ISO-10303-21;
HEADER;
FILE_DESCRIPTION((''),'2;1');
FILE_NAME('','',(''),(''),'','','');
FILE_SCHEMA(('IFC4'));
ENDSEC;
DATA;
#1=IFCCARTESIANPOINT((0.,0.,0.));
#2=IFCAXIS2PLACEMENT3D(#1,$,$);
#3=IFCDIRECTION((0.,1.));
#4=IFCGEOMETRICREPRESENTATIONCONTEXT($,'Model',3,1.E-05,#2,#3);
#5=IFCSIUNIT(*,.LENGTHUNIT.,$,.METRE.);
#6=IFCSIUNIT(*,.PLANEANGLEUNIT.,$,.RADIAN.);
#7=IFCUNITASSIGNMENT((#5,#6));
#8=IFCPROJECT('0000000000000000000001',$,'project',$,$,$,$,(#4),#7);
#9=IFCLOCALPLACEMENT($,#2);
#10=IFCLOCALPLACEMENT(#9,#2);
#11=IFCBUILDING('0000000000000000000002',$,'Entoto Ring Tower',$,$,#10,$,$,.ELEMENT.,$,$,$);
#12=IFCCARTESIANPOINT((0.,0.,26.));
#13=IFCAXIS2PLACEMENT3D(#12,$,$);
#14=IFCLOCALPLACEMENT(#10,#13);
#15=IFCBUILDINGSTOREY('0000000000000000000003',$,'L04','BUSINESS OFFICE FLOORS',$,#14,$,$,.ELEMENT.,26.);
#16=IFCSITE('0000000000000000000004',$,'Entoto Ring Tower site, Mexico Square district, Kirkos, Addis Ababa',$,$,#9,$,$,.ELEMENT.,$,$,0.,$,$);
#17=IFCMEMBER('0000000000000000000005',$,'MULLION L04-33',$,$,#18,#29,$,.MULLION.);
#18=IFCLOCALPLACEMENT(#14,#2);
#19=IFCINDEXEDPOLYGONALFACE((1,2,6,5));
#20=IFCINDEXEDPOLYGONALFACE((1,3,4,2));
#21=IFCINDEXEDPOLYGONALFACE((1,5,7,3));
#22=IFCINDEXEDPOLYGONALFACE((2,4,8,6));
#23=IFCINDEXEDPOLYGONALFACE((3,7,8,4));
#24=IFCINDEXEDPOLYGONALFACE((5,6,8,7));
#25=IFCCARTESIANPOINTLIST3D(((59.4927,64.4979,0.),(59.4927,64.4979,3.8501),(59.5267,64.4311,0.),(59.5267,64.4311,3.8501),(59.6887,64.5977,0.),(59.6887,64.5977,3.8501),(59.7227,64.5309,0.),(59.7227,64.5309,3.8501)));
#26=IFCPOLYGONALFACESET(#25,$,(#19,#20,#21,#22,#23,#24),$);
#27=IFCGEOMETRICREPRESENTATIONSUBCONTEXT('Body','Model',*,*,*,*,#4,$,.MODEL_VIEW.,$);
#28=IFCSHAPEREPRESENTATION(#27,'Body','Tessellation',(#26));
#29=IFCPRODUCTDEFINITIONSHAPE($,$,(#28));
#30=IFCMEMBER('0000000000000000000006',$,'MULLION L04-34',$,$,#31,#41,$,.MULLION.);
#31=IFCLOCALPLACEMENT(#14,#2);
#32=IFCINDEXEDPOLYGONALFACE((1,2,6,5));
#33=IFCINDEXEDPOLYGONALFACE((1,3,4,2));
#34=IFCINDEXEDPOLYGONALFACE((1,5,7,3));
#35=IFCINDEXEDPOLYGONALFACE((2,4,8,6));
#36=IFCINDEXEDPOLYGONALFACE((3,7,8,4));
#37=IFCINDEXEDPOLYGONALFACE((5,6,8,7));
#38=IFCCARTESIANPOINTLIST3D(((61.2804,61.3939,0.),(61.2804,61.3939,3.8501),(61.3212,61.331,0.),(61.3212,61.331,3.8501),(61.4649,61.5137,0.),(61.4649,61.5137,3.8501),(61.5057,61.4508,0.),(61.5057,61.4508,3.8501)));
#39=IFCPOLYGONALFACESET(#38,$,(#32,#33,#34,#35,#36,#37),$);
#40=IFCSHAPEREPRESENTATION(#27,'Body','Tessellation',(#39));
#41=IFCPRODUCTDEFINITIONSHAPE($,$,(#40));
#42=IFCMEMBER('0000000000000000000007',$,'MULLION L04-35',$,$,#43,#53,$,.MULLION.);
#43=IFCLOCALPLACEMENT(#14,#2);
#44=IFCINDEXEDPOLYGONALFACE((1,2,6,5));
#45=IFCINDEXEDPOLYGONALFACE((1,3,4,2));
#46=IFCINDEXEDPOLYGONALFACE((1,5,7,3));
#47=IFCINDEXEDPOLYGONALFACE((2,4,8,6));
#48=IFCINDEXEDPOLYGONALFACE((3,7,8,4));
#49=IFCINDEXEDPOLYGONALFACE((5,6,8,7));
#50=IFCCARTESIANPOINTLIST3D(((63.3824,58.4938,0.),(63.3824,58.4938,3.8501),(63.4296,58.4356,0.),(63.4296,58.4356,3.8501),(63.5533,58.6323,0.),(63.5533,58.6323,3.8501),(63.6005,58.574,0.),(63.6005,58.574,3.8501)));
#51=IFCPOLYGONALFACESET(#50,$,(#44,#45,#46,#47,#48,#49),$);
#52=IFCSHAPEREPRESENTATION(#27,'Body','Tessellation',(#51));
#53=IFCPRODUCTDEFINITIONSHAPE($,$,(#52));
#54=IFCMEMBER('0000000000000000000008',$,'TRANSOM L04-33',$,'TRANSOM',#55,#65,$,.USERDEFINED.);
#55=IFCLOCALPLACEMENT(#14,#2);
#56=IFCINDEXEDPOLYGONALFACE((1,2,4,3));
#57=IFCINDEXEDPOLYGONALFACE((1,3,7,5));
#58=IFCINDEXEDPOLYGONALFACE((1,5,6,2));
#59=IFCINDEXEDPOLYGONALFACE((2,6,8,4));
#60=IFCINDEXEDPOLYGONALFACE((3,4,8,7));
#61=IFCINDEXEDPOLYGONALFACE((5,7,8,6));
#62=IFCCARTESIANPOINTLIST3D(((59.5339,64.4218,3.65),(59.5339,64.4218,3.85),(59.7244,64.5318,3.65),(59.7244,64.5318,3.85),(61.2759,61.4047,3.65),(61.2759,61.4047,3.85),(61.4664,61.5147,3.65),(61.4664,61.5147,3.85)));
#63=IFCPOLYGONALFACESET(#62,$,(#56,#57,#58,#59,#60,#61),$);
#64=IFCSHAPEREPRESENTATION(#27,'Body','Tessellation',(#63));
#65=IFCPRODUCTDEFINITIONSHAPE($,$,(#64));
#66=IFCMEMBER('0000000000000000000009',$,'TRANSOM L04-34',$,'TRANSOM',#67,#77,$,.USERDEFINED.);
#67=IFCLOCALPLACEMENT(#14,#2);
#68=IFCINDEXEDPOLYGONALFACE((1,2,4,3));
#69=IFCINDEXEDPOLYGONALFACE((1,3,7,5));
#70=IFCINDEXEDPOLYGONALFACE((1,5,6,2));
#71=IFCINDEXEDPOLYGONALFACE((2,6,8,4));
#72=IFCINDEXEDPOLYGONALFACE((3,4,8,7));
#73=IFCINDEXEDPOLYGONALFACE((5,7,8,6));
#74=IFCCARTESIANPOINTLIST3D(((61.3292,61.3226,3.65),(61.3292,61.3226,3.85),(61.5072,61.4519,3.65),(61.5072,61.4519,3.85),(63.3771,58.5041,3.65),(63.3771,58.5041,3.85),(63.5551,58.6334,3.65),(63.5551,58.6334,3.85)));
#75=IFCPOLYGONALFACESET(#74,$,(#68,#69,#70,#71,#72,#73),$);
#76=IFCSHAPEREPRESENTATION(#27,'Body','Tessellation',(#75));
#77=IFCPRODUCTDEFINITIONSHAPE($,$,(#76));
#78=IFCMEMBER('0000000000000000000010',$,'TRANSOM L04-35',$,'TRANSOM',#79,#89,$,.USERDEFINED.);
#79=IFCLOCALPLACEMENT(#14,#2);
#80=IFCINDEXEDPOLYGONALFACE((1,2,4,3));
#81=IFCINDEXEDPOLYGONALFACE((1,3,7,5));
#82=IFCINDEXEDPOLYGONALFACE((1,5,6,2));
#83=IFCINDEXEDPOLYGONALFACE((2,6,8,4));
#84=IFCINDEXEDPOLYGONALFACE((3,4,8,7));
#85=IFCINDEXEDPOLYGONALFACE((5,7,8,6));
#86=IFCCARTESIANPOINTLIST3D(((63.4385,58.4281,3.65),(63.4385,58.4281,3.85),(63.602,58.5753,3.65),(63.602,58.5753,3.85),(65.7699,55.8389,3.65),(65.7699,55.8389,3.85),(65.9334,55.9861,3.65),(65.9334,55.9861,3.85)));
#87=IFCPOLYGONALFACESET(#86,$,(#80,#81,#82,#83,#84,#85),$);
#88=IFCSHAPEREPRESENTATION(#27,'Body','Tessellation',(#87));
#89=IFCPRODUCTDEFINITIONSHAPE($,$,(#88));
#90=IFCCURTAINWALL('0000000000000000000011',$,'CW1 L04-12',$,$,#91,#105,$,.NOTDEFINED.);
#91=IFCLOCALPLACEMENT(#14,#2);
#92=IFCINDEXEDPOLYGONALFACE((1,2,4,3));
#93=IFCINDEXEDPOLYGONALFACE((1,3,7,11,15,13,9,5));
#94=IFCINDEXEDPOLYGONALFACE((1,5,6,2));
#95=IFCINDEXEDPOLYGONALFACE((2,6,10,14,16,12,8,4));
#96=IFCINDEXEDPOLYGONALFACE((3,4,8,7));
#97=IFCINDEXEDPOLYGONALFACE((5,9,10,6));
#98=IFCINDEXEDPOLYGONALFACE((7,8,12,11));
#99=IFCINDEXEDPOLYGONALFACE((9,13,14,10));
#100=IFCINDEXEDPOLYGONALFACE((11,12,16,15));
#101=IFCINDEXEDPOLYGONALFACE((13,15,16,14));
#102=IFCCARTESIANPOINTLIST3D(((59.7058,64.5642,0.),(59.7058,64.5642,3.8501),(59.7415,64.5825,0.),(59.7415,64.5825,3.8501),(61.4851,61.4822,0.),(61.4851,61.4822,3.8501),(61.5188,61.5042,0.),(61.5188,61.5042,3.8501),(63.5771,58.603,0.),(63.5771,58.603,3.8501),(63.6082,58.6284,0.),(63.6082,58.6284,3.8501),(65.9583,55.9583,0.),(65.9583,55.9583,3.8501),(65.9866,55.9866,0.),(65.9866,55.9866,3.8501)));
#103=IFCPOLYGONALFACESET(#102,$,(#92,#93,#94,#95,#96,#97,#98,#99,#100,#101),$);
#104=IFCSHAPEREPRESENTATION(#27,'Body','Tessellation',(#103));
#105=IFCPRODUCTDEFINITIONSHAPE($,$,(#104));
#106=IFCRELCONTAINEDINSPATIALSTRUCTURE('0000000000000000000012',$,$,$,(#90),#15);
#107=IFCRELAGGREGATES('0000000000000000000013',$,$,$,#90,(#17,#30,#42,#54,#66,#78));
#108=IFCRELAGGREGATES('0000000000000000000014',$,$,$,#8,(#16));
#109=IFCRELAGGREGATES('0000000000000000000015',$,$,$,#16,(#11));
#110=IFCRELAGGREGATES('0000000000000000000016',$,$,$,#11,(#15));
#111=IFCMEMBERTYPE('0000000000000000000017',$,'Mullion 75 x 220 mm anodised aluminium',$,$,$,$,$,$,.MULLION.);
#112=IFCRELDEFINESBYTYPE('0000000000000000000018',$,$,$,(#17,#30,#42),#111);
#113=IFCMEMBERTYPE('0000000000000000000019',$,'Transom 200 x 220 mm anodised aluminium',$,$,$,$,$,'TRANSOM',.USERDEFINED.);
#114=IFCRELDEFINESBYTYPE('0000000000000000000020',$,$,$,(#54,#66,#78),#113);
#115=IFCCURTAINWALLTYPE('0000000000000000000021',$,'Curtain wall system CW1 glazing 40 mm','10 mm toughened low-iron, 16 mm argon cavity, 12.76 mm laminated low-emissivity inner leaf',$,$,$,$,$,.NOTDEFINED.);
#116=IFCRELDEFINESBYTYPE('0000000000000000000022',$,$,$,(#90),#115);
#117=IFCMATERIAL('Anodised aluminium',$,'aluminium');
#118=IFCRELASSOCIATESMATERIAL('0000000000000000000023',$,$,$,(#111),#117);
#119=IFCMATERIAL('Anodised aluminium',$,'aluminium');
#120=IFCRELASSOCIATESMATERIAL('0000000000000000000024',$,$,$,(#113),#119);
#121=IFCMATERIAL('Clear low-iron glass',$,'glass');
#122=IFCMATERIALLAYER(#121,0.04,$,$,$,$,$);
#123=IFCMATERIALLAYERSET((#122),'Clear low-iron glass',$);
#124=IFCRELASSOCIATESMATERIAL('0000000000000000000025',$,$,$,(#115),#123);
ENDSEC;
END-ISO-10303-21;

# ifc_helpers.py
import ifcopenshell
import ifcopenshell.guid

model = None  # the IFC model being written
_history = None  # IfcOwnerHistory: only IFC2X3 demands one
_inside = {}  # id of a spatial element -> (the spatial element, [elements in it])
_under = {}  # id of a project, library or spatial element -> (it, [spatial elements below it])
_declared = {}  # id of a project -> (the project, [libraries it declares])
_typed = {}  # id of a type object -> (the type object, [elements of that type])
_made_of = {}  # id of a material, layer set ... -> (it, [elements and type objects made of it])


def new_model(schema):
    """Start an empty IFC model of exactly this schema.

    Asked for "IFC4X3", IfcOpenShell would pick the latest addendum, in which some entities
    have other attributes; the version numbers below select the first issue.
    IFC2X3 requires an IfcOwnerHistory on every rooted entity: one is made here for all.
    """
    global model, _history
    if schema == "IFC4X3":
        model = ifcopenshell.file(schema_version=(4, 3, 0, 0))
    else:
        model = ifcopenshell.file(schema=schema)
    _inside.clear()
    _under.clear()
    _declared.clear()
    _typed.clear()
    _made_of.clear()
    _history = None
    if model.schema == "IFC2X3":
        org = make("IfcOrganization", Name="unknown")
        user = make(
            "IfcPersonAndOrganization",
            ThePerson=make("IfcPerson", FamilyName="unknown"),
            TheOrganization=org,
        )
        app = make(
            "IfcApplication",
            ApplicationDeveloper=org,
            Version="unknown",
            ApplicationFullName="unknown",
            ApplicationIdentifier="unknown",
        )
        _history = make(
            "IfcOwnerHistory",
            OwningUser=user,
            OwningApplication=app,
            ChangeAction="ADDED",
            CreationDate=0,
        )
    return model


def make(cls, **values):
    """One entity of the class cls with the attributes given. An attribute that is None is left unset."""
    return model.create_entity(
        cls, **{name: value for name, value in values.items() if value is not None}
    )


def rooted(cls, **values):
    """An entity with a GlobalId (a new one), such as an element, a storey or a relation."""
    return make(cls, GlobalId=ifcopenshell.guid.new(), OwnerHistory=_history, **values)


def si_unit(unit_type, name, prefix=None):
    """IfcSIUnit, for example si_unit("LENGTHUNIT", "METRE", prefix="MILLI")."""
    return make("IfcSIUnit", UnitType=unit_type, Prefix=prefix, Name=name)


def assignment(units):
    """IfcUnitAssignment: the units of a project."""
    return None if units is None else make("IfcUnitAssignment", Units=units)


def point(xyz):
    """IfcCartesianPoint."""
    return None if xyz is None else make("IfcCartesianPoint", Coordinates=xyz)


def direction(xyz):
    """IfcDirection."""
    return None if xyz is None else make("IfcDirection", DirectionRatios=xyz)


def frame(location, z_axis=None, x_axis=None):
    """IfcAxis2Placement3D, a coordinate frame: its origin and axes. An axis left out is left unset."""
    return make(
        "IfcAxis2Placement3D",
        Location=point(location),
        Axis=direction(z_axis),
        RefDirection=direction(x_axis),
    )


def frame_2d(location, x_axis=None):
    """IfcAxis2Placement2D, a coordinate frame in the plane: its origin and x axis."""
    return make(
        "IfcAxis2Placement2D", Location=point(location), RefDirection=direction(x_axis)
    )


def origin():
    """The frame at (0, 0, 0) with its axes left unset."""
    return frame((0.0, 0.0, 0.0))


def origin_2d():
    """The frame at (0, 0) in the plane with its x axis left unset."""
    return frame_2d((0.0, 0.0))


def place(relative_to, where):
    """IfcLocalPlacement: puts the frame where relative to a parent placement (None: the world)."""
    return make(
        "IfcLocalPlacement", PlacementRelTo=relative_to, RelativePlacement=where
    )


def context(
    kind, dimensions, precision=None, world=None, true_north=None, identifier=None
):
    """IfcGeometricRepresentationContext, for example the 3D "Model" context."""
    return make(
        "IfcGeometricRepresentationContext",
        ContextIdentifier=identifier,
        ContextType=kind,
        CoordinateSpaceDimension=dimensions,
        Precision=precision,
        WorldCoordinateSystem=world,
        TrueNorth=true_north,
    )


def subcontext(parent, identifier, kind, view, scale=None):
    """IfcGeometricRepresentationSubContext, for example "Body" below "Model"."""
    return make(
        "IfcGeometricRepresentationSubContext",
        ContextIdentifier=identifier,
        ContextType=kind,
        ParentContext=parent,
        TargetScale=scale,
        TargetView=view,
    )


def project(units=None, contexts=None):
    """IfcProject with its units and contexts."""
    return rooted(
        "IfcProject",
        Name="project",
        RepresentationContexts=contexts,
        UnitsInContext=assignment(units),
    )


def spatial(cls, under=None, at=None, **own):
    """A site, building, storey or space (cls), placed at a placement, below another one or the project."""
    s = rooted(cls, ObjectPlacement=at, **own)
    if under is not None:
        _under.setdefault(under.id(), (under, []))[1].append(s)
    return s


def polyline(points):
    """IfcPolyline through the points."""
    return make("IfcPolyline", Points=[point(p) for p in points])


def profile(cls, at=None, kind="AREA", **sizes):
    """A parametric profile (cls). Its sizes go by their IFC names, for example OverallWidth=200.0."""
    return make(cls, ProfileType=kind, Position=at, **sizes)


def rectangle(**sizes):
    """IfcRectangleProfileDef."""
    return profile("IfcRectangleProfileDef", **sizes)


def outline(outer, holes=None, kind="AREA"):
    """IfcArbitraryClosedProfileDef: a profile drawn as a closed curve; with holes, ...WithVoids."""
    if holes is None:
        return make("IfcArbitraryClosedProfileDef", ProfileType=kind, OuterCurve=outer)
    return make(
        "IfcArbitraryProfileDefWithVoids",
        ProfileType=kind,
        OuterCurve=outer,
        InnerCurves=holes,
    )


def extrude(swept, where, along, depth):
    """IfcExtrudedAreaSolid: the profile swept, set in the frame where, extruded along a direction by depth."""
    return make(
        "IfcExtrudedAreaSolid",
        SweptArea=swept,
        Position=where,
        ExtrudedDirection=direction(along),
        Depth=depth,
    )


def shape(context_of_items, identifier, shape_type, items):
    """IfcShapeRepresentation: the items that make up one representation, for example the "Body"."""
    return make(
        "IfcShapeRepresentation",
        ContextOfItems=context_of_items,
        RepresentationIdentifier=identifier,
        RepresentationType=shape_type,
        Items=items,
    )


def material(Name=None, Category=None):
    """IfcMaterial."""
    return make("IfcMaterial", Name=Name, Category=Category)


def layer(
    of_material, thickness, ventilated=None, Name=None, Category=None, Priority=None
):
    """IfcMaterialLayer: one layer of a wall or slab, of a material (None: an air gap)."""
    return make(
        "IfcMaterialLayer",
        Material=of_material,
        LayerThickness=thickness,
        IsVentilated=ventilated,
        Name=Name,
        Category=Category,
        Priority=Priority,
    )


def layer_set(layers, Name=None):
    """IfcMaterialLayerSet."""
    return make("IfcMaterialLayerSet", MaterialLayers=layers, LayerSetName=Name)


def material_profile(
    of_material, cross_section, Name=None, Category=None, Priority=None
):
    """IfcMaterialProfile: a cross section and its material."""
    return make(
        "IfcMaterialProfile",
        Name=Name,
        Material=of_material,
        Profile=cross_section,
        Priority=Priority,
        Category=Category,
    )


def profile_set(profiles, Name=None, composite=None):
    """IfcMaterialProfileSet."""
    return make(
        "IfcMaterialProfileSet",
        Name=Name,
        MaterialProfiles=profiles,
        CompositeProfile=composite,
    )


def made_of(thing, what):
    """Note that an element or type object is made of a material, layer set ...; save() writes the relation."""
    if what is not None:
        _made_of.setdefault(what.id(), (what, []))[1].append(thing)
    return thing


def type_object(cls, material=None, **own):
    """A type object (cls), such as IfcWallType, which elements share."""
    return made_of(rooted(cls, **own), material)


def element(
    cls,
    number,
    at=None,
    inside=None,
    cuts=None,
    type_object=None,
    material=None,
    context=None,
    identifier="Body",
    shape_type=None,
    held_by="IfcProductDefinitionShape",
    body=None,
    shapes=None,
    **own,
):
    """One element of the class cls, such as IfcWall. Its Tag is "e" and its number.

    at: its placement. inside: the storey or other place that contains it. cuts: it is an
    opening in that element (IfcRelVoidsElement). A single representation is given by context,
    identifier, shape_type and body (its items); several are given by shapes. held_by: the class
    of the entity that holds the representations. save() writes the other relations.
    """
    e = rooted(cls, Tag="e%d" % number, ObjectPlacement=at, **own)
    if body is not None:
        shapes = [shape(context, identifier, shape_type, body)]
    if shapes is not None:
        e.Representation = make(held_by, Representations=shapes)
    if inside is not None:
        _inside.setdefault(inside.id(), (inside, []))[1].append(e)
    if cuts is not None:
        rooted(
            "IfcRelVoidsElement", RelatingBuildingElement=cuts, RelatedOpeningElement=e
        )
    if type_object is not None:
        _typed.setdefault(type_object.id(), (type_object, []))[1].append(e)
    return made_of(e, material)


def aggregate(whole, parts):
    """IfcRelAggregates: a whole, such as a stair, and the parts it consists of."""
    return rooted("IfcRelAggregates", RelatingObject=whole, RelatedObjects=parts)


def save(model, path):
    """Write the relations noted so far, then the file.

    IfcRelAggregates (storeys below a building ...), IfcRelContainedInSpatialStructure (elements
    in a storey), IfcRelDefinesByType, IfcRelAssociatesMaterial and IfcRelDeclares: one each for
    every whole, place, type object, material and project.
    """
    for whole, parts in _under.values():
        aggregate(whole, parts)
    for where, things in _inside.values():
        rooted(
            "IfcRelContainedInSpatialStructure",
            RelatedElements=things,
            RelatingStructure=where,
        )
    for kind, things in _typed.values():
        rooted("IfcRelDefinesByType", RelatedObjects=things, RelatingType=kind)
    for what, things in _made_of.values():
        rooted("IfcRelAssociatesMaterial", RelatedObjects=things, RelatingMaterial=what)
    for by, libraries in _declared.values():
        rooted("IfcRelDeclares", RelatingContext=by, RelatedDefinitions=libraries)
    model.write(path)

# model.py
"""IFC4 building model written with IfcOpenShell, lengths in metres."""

from ifc_helpers import new_model, si_unit, direction, frame, origin, origin_2d, place, context, subcontext, project, spatial, polyline, rectangle, outline, extrude, material, layer, layer_set, material_profile, profile_set, type_object, element, aggregate, save


model = new_model("IFC4")

# Units and contexts
model_context = context("Model", 3, precision=1e-05, world=origin(), true_north=direction((0.0, 1.0)))
body_context = subcontext(model_context, "Body", "Model", "MODEL_VIEW")
ifc_project = project(units=[si_unit("LENGTHUNIT", "METRE"), si_unit("PLANEANGLEUNIT", "RADIAN")], contexts=[model_context])

# Members
ifc_material_1 = material(Name="Anodised aluminium", Category="aluminium")
ifc_material_profile_1 = material_profile(ifc_material_1, rectangle(XDim=0.075, YDim=0.22, at=origin_2d()), Name="Mullion 75 x 220 mm anodised aluminium")
ifc_profile_set_1 = profile_set([ifc_material_profile_1], Name="Anodised aluminium")
member_type_1 = type_object("IfcMemberType", Name="Mullion 75 x 220 mm anodised aluminium", PredefinedType="MULLION", material=ifc_profile_set_1)
site_placement = place(None, origin())
building_placement = place(site_placement, origin())
storey_placement = place(building_placement, frame((0.0, 0.0, 26.0)))
member_1_placement = place(storey_placement, frame((59.6077, 64.5144, 0.0), z_axis=(0.0, 0.0, 1.0), x_axis=(0.45399, -0.891007, 0.0)))
member_1 = element("IfcMember", 1, at=member_1_placement, type_object=member_type_1, Name="MULLION L04-33", PredefinedType="MULLION", context=body_context, shape_type="SweptSolid", body=[
    extrude(rectangle(XDim=0.075, YDim=0.22, at=origin_2d()), origin(), (0.0, 0.0, 1.0), 3.8501),
])
member_2_placement = place(storey_placement, frame((61.3931, 61.4224, 0.0), z_axis=(0.0, 0.0, 1.0), x_axis=(0.544639, -0.838671, 0.0)))
member_2 = element("IfcMember", 2, at=member_2_placement, type_object=member_type_1, Name="MULLION L04-34", PredefinedType="MULLION", context=body_context, shape_type="SweptSolid", body=[
    extrude(rectangle(XDim=0.075, YDim=0.22, at=origin_2d()), origin(), (0.0, 0.0, 1.0), 3.8501),
])
member_3_placement = place(storey_placement, frame((63.4915, 58.5339, 0.0), z_axis=(0.0, 0.0, 1.0), x_axis=(0.62932, -0.777146, 0.0)))
member_3 = element("IfcMember", 3, at=member_3_placement, type_object=member_type_1, Name="MULLION L04-35", PredefinedType="MULLION", context=body_context, shape_type="SweptSolid", body=[
    extrude(rectangle(XDim=0.075, YDim=0.22, at=origin_2d()), origin(), (0.0, 0.0, 1.0), 3.8501),
])
ifc_material_2 = material(Name="Anodised aluminium", Category="aluminium")
ifc_material_profile_2 = material_profile(ifc_material_2, rectangle(XDim=0.22, YDim=0.2, at=origin_2d()), Name="Transom 200 x 220 mm anodised aluminium")
ifc_profile_set_2 = profile_set([ifc_material_profile_2], Name="Anodised aluminium")
member_type_2 = type_object("IfcMemberType", Name="Transom 200 x 220 mm anodised aluminium", ElementType="TRANSOM", PredefinedType="USERDEFINED", material=ifc_profile_set_2)
member_4_placement = place(storey_placement, frame((59.6292, 64.4768, 3.75), z_axis=(0.500006, -0.866022, 0.0), x_axis=(0.866022, 0.500006, 0.0)))
member_4 = element("IfcMember", 4, at=member_4_placement, type_object=member_type_2, Name="TRANSOM L04-33", ObjectType="TRANSOM", PredefinedType="USERDEFINED", context=body_context, shape_type="SweptSolid", body=[
    extrude(rectangle(XDim=0.22, YDim=0.2, at=origin_2d()), origin(), (0.0, 0.0, 1.0), 3.4839),
])
member_5_placement = place(storey_placement, frame((61.4182, 61.3872, 3.75), z_axis=(0.587822, -0.808991, 0.0), x_axis=(0.808991, 0.587822, 0.0)))
member_5 = element("IfcMember", 5, at=member_5_placement, type_object=member_type_2, Name="TRANSOM L04-34", ObjectType="TRANSOM", PredefinedType="USERDEFINED", context=body_context, shape_type="SweptSolid", body=[
    extrude(rectangle(XDim=0.22, YDim=0.2, at=origin_2d()), origin(), (0.0, 0.0, 1.0), 3.4839),
])
member_6_placement = place(storey_placement, frame((63.5203, 58.5017, 3.75), z_axis=(0.669139, -0.743137, 0.0), x_axis=(0.743137, 0.669139, 0.0)))
member_6 = element("IfcMember", 6, at=member_6_placement, type_object=member_type_2, Name="TRANSOM L04-35", ObjectType="TRANSOM", PredefinedType="USERDEFINED", context=body_context, shape_type="SweptSolid", body=[
    extrude(rectangle(XDim=0.22, YDim=0.2, at=origin_2d()), origin(), (0.0, 0.0, 1.0), 3.4841),
])

# Site, building, storey
site = spatial("IfcSite", under=ifc_project, at=site_placement, Name="Entoto Ring Tower site, Mexico Square district, Kirkos, Addis Ababa", CompositionType="ELEMENT", RefElevation=0.0)
building = spatial("IfcBuilding", under=site, at=building_placement, Name="Entoto Ring Tower", CompositionType="ELEMENT")
storey = spatial("IfcBuildingStorey", under=building, at=storey_placement, Name="L04", Description="BUSINESS OFFICE FLOORS", CompositionType="ELEMENT", Elevation=26.0)

# Curtain wall
ifc_material_3 = material(Name="Clear low-iron glass", Category="glass")
ifc_layer = layer(ifc_material_3, 0.04)
ifc_layer_set = layer_set([ifc_layer], Name="Clear low-iron glass")
curtain_wall_type = type_object("IfcCurtainWallType", Name="Curtain wall system CW1 glazing 40 mm", Description="10 mm toughened low-iron, 16 mm argon cavity, 12.76 mm laminated low-emissivity inner leaf", PredefinedType="NOTDEFINED", material=ifc_layer_set)
curtain_wall_1_placement = place(storey_placement, origin())
curtain_wall_1 = element("IfcCurtainWall", 7, at=curtain_wall_1_placement, inside=storey, type_object=curtain_wall_type, Name="CW1 L04-12", PredefinedType="NOTDEFINED", context=body_context, shape_type="SweptSolid", body=[
    extrude(outline(polyline([(59.7058, 64.5642), (61.4851, 61.4822), (63.5771, 58.603), (65.9583, 55.9583), (65.9866, 55.9866), (63.6082, 58.6284), (61.5188, 61.5042), (59.7415, 64.5825), (59.7058, 64.5642)])), origin(), (0.0, 0.0, 1.0), 3.8501),
])
aggregate(curtain_wall_1, [member_1, member_2, member_3, member_4, member_5, member_6])

save(model, "model.ifc")
